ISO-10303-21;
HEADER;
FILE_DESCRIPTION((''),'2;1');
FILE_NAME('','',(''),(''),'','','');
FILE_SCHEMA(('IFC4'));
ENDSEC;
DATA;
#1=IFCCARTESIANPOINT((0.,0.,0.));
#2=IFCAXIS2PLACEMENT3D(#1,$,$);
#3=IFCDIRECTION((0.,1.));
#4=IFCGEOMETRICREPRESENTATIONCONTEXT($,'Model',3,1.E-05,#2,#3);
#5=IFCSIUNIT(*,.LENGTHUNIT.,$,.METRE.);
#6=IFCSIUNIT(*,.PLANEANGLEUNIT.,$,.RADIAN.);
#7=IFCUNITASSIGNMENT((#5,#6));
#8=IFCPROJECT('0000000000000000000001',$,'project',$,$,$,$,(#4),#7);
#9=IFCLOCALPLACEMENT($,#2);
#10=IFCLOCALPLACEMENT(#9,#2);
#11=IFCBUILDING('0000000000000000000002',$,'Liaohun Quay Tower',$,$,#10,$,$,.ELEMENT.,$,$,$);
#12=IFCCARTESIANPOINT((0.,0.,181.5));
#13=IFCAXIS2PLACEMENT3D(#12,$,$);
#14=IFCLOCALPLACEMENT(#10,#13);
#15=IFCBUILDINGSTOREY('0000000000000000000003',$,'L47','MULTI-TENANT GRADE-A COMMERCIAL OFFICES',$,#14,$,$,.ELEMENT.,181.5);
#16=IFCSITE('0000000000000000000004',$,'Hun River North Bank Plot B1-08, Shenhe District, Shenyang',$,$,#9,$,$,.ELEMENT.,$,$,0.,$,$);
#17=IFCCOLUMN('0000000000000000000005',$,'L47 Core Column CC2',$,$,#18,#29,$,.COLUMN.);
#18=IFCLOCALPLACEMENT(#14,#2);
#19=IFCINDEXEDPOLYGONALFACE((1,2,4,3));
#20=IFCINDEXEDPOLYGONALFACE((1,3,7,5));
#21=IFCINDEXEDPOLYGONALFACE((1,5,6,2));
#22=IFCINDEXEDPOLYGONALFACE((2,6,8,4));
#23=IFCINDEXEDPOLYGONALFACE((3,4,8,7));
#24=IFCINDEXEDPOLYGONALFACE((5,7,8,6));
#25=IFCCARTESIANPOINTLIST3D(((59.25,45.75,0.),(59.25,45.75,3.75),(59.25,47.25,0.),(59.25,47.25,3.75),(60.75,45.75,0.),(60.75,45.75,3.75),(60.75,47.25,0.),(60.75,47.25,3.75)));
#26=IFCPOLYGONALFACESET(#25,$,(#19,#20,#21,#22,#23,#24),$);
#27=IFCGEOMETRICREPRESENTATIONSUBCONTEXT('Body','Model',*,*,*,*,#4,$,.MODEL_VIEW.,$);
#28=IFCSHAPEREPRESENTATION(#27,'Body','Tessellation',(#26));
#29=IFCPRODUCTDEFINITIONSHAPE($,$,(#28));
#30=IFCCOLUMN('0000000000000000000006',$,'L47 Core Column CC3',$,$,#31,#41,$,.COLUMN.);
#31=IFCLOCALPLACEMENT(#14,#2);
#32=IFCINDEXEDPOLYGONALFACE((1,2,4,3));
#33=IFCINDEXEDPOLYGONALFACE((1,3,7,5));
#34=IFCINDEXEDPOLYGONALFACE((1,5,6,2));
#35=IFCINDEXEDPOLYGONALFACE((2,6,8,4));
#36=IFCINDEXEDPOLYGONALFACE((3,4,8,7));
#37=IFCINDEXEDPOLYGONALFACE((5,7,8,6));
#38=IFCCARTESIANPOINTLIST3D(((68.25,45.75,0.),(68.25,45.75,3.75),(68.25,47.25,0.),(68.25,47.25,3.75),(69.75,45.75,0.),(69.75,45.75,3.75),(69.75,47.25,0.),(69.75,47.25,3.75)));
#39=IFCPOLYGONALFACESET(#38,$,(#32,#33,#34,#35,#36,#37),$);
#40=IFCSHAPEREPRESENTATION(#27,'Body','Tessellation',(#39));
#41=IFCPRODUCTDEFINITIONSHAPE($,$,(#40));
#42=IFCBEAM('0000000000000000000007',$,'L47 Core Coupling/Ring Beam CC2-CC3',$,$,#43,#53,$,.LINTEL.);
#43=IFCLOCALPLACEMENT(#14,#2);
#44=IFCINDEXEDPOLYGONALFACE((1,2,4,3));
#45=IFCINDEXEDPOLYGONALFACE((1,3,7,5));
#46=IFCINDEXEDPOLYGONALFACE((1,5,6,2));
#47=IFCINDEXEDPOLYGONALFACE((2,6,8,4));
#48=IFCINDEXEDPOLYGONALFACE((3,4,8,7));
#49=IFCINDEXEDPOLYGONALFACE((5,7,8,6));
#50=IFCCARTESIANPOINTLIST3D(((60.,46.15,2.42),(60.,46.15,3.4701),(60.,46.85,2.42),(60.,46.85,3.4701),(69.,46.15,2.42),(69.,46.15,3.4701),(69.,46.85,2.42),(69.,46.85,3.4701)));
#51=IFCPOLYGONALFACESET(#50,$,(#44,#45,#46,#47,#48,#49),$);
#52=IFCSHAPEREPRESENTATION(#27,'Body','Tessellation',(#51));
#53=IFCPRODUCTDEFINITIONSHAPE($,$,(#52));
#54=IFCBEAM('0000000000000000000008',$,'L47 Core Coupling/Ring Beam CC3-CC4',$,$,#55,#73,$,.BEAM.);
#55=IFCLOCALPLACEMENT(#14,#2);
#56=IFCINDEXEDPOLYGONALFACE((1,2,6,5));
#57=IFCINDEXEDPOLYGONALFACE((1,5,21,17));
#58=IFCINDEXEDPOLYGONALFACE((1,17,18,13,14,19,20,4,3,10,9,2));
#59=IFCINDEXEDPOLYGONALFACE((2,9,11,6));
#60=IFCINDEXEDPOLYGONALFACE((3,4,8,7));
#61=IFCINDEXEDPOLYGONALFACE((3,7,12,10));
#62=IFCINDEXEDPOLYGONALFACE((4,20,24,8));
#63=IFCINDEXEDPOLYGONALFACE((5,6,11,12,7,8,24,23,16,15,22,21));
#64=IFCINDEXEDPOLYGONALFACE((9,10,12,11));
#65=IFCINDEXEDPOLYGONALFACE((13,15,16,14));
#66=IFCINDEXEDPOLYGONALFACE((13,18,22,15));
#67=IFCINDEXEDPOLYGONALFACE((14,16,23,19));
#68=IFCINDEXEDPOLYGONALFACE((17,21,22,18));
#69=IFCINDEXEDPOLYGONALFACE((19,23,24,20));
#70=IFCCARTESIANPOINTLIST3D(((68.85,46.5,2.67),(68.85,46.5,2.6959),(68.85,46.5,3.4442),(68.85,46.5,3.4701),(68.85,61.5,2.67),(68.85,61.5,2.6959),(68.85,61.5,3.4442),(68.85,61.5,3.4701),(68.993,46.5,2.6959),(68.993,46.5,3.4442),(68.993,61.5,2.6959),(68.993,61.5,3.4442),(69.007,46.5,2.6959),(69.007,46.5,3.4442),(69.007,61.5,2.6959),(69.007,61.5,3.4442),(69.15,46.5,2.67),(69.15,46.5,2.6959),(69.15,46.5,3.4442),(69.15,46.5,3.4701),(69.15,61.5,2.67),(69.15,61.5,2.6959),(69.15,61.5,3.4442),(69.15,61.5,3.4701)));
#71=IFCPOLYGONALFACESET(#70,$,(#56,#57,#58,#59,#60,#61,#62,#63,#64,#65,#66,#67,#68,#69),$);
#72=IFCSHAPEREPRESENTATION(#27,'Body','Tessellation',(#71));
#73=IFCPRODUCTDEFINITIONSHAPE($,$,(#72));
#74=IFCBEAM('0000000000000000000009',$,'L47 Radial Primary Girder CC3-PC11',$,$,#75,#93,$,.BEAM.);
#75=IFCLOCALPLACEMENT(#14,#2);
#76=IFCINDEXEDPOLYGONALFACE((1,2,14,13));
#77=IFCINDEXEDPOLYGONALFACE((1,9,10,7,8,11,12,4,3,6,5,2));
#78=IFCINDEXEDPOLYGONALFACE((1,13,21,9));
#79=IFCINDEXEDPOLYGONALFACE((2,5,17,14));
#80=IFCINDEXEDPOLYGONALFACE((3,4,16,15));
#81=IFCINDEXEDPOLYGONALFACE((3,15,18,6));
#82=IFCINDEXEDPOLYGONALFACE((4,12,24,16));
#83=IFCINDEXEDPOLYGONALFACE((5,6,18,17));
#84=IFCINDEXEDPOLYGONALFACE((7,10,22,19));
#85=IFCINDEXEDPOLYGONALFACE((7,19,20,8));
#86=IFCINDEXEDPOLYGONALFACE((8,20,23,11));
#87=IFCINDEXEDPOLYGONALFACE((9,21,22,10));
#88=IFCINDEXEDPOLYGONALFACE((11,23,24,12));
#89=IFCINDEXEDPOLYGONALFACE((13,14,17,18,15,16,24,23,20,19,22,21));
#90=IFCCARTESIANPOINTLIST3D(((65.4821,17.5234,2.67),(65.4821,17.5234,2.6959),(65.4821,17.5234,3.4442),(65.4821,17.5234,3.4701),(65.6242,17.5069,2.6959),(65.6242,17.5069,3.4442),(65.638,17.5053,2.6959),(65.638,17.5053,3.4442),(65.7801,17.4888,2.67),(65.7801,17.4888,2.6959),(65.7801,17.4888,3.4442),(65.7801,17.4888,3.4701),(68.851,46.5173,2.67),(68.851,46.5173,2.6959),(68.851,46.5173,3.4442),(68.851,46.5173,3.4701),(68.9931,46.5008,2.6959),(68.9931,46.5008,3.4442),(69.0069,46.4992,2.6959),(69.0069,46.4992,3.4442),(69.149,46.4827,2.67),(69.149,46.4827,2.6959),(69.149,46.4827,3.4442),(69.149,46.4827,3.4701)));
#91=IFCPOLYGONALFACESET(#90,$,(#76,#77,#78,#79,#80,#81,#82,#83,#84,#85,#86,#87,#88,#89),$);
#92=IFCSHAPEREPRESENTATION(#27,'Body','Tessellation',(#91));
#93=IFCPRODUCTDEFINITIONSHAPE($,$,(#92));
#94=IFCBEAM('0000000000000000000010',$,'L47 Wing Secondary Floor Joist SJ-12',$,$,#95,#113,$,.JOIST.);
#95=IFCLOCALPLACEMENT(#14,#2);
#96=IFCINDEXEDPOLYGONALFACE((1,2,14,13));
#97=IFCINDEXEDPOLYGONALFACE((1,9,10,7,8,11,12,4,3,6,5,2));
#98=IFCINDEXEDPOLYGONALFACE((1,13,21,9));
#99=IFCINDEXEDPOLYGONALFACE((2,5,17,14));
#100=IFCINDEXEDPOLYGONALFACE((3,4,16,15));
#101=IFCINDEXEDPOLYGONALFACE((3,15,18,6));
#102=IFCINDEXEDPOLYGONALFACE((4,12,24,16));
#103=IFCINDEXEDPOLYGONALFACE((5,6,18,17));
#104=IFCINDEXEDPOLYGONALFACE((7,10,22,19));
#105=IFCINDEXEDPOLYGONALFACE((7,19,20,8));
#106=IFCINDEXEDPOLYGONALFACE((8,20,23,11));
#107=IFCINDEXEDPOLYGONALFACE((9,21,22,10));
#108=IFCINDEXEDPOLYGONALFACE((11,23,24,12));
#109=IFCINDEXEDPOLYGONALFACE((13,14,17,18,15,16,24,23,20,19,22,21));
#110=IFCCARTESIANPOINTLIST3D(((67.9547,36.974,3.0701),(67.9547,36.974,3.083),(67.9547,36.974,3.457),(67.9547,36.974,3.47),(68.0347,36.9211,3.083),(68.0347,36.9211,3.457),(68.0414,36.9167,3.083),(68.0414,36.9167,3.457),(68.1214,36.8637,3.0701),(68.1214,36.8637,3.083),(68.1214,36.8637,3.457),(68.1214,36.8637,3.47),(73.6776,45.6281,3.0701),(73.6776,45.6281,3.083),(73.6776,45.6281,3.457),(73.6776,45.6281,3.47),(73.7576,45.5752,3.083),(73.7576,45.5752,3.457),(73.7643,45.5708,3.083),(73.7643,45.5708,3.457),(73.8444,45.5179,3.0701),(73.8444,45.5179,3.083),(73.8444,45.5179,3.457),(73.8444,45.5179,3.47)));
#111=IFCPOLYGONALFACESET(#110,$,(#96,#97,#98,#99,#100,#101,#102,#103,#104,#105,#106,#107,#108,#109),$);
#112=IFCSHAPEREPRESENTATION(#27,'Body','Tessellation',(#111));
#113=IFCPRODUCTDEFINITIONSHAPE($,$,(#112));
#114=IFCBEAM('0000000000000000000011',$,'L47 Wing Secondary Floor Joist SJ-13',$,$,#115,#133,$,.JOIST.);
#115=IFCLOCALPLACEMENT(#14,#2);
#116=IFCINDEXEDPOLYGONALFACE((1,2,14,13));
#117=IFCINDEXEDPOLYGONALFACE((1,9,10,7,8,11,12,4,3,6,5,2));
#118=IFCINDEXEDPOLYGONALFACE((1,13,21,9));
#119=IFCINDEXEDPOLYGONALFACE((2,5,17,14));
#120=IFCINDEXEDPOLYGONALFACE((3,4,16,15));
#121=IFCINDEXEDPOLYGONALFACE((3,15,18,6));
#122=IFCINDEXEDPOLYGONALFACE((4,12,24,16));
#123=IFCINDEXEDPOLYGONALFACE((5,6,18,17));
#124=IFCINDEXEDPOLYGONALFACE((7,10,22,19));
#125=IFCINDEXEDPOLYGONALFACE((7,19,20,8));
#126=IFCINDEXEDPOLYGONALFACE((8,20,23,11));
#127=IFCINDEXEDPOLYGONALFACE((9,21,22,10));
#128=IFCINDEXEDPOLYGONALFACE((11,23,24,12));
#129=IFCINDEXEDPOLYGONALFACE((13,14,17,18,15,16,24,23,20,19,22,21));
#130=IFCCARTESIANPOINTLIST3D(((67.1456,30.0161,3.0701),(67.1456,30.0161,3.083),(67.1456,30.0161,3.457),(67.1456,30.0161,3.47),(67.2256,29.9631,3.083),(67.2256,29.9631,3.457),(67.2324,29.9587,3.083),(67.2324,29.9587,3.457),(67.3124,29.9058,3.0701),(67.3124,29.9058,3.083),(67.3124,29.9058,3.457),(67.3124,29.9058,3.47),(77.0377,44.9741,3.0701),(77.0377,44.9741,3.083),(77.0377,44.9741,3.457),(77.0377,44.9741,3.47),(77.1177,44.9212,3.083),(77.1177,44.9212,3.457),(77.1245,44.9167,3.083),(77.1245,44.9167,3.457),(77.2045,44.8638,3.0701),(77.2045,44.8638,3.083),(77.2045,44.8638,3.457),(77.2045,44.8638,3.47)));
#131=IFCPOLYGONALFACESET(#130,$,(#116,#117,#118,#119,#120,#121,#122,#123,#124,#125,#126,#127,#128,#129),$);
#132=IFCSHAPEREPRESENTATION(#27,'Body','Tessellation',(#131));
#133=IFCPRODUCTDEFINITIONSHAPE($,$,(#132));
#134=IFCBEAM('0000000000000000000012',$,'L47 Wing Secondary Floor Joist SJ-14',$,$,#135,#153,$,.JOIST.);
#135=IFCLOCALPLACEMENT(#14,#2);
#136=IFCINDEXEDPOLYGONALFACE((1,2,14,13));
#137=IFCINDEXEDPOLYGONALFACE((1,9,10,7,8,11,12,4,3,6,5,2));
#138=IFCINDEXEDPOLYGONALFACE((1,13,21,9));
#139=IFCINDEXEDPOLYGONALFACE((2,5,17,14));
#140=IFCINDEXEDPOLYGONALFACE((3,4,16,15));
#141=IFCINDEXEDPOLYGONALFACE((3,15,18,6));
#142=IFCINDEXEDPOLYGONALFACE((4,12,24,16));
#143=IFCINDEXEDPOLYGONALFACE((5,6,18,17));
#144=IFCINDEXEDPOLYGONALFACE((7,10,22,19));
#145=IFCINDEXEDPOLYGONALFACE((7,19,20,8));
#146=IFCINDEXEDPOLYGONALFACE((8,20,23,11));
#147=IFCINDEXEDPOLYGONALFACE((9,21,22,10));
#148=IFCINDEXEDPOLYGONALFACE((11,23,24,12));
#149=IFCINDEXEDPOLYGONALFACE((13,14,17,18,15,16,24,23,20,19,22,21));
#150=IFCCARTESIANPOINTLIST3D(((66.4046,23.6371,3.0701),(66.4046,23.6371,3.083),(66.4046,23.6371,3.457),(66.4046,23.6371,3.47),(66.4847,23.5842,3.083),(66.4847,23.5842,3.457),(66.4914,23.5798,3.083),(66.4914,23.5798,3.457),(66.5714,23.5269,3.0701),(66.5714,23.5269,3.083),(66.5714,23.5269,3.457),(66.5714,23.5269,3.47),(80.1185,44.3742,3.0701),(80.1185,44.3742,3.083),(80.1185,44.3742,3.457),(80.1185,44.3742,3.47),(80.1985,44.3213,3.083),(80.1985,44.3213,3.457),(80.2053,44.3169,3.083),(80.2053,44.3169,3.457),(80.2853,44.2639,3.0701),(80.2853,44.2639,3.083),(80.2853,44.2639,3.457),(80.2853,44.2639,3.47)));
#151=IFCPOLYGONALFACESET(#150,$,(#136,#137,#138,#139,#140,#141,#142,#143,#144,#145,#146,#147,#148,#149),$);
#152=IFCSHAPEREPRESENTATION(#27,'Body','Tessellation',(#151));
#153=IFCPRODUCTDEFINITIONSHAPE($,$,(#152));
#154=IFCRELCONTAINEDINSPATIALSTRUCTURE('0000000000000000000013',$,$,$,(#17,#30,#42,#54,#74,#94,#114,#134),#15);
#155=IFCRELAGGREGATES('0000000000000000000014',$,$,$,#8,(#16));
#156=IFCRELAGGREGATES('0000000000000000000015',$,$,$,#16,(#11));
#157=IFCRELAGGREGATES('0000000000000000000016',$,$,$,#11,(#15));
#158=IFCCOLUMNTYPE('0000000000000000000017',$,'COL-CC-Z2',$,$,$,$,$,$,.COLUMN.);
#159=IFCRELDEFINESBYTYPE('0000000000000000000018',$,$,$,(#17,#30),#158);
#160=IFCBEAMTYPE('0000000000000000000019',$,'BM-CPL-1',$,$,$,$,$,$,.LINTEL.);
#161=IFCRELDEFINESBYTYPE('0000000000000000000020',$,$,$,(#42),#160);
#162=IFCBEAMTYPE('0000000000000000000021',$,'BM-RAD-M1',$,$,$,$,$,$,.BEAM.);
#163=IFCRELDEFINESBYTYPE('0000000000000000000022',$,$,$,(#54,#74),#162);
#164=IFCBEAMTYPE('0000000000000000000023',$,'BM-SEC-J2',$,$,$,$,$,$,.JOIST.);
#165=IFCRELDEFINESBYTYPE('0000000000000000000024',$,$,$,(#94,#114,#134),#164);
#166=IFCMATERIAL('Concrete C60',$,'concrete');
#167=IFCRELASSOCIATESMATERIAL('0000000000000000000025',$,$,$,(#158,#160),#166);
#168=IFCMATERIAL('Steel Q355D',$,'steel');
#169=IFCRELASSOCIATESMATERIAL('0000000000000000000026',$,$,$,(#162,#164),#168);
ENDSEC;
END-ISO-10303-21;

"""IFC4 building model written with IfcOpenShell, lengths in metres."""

from ifc_helpers import new_model, si_unit, direction, frame, origin, origin_2d, place, context, subcontext, project, spatial, rectangle, i_section, extrude, source, transform, mapped, material, material_profile, profile_set, type_object, element, save


model = new_model("IFC4")

# Units and contexts
model_context = context("Model", 3, precision=1e-05, world=origin(), true_north=direction((0.0, 1.0)))
body_context = subcontext(model_context, "Body", "Model", "MODEL_VIEW")
ifc_project = project(units=[si_unit("LENGTHUNIT", "METRE"), si_unit("PLANEANGLEUNIT", "RADIAN")], contexts=[model_context])

# Site, building, storey
site_placement = place(None, origin())
site = spatial("IfcSite", under=ifc_project, at=site_placement, Name="Hun River North Bank Plot B1-08, Shenhe District, Shenyang", CompositionType="ELEMENT", RefElevation=0.0)
building_placement = place(site_placement, origin())
building = spatial("IfcBuilding", under=site, at=building_placement, Name="Liaohun Quay Tower", CompositionType="ELEMENT")
storey_placement = place(building_placement, frame((0.0, 0.0, 181.5)))
storey = spatial("IfcBuildingStorey", under=building, at=storey_placement, Name="L47", Description="MULTI-TENANT GRADE-A COMMERCIAL OFFICES", CompositionType="ELEMENT", Elevation=181.5)

# Columns
ifc_material_1 = material(Name="Concrete C60", Category="concrete")
ifc_material_profile_1 = material_profile(ifc_material_1, rectangle(XDim=1.5, YDim=1.5, at=origin_2d()), Name="RC1500x1500")
ifc_profile_set_1 = profile_set([ifc_material_profile_1], Name="Concrete C60")
column_type = type_object("IfcColumnType", Name="COL-CC-Z2", PredefinedType="COLUMN", material=ifc_profile_set_1)
shared_shape_1 = source(origin(), body_context, "Body", "SweptSolid", [
    extrude(rectangle(XDim=1.5, YDim=1.5, at=origin_2d()), origin(), (0.0, 0.0, 1.0), 3.75),
])
for number, where, z_axis, x_axis, name in (
    (1, (60.0, 46.5, 0.0), (0.0, 0.0, 1.0), (1.0, 0.0, 0.0), "L47 Core Column CC2"),
    (2, (69.0, 46.5, 0.0), (0.0, 0.0, 1.0), (1.0, 0.0, 0.0), "L47 Core Column CC3"),
):
    element("IfcColumn", number, at=place(storey_placement, frame(where, z_axis=z_axis, x_axis=x_axis)), inside=storey, type_object=column_type, Name=name, PredefinedType="COLUMN", context=body_context, shape_type="MappedRepresentation", body=[
        mapped(shared_shape_1, transform((0.0, 0.0, 0.0), x_axis=(1.0, 0.0, 0.0), y_axis=(0.0, 1.0, 0.0), z_axis=(0.0, 0.0, 1.0), scale=1.0)),
    ])

# Beams
ifc_material_profile_2 = material_profile(ifc_material_1, rectangle(XDim=0.7, YDim=1.05, at=origin_2d()), Name="RC700x1050")
ifc_profile_set_2 = profile_set([ifc_material_profile_2], Name="Concrete C60")
beam_type_1 = type_object("IfcBeamType", Name="BM-CPL-1", PredefinedType="LINTEL", material=ifc_profile_set_2)
shared_shape_2 = source(origin(), body_context, "Body", "SweptSolid", [
    extrude(rectangle(XDim=0.7, YDim=1.05, at=origin_2d()), origin(), (0.0, 0.0, 1.0), 9.0),
])
beam_1_placement = place(storey_placement, frame((60.0, 46.5, 2.9451), z_axis=(1.0, 0.0, 0.0), x_axis=(0.0, 1.0, 0.0)))
element("IfcBeam", 3, at=beam_1_placement, inside=storey, type_object=beam_type_1, Name="L47 Core Coupling/Ring Beam CC2-CC3", PredefinedType="LINTEL", context=body_context, shape_type="MappedRepresentation", body=[
    mapped(shared_shape_2, transform((0.0, 0.0, 0.0), x_axis=(1.0, 0.0, 0.0), y_axis=(0.0, 1.0, 0.0), z_axis=(0.0, 0.0, 1.0), scale=1.0)),
])
ifc_material_2 = material(Name="Steel Q355D", Category="steel")
ifc_material_profile_3 = material_profile(ifc_material_2, i_section(OverallWidth=0.3, OverallDepth=0.8, WebThickness=0.0139, FlangeThickness=0.0259, at=origin_2d()), Name="HN800x300x14x26")
ifc_profile_set_3 = profile_set([ifc_material_profile_3], Name="Steel Q355D")
beam_type_2 = type_object("IfcBeamType", Name="BM-RAD-M1", PredefinedType="BEAM", material=ifc_profile_set_3)
shared_shape_3 = source(origin(), body_context, "Body", "SweptSolid", [
    extrude(i_section(OverallWidth=0.3, OverallDepth=0.8, WebThickness=0.0139, FlangeThickness=0.0259, at=origin_2d()), origin(), (0.0, 0.0, 1.0), 15.0),
])
beam_2_placement = place(storey_placement, frame((69.0, 46.5, 3.0701), z_axis=(0.0, 1.0, 0.0), x_axis=(-1.0, 0.0, 0.0)))
element("IfcBeam", 4, at=beam_2_placement, inside=storey, type_object=beam_type_2, Name="L47 Core Coupling/Ring Beam CC3-CC4", PredefinedType="BEAM", context=body_context, shape_type="MappedRepresentation", body=[
    mapped(shared_shape_3, transform((0.0, 0.0, 0.0), x_axis=(1.0, 0.0, 0.0), y_axis=(0.0, 1.0, 0.0), z_axis=(0.0, 0.0, 1.0), scale=1.0)),
])
shared_shape_4 = source(origin(), body_context, "Body", "SweptSolid", [
    extrude(i_section(OverallWidth=0.3, OverallDepth=0.8, WebThickness=0.0139, FlangeThickness=0.0259, at=origin_2d()), origin(), (0.0, 0.0, 1.0), 29.189),
])
beam_3_placement = place(storey_placement, frame((69.0, 46.5, 3.0701), z_axis=(-0.115417, -0.993317, 0.0), x_axis=(0.993317, -0.115417, 0.0)))
element("IfcBeam", 5, at=beam_3_placement, inside=storey, type_object=beam_type_2, Name="L47 Radial Primary Girder CC3-PC11", PredefinedType="BEAM", context=body_context, shape_type="MappedRepresentation", body=[
    mapped(shared_shape_4, transform((0.0, 0.0, 0.0), x_axis=(1.0, 0.0, 0.0), y_axis=(0.0, 1.0, 0.0), z_axis=(0.0, 0.0, 1.0), scale=1.0)),
])
ifc_material_profile_4 = material_profile(ifc_material_2, i_section(OverallWidth=0.2, OverallDepth=0.3999, WebThickness=0.0081, FlangeThickness=0.0129, at=origin_2d()), Name="HN400x200x8x13")
ifc_profile_set_4 = profile_set([ifc_material_profile_4], Name="Steel Q355D")
beam_type_3 = type_object("IfcBeamType", Name="BM-SEC-J2", PredefinedType="JOIST", material=ifc_profile_set_4)
shared_shape_5 = source(origin(), body_context, "Body", "SweptSolid", [
    extrude(i_section(OverallWidth=0.2, OverallDepth=0.3999, WebThickness=0.0081, FlangeThickness=0.0129, at=origin_2d()), origin(), (0.0, 0.0, 1.0), 10.3752),
])
beam_4_placement = place(storey_placement, frame((73.761, 45.573, 3.27), z_axis=(-0.551596, -0.834112, 0.0), x_axis=(0.834112, -0.551596, 0.0)))
element("IfcBeam", 6, at=beam_4_placement, inside=storey, type_object=beam_type_3, Name="L47 Wing Secondary Floor Joist SJ-12", PredefinedType="JOIST", context=body_context, shape_type="MappedRepresentation", body=[
    mapped(shared_shape_5, transform((0.0, 0.0, 0.0), x_axis=(1.0, 0.0, 0.0), y_axis=(0.0, 1.0, 0.0), z_axis=(0.0, 0.0, 1.0), scale=1.0)),
])
shared_shape_6 = source(origin(), body_context, "Body", "SweptSolid", [
    extrude(i_section(OverallWidth=0.2, OverallDepth=0.3999, WebThickness=0.0081, FlangeThickness=0.0129, at=origin_2d()), origin(), (0.0, 0.0, 1.0), 17.9331),
])
beam_5_placement = place(storey_placement, frame((77.1211, 44.9189, 3.27), z_axis=(-0.551611, -0.834101, 0.0), x_axis=(0.834101, -0.551611, 0.0)))
element("IfcBeam", 7, at=beam_5_placement, inside=storey, type_object=beam_type_3, Name="L47 Wing Secondary Floor Joist SJ-13", PredefinedType="JOIST", context=body_context, shape_type="MappedRepresentation", body=[
    mapped(shared_shape_6, transform((0.0, 0.0, 0.0), x_axis=(1.0, 0.0, 0.0), y_axis=(0.0, 1.0, 0.0), z_axis=(0.0, 0.0, 1.0), scale=1.0)),
])
shared_shape_7 = source(origin(), body_context, "Body", "SweptSolid", [
    extrude(i_section(OverallWidth=0.2, OverallDepth=0.3999, WebThickness=0.0081, FlangeThickness=0.0129, at=origin_2d()), origin(), (0.0, 0.0, 1.0), 24.8616),
])
beam_6_placement = place(storey_placement, frame((80.2019, 44.3191, 3.27), z_axis=(-0.55161, -0.834102, 0.0), x_axis=(0.834102, -0.55161, 0.0)))
element("IfcBeam", 8, at=beam_6_placement, inside=storey, type_object=beam_type_3, Name="L47 Wing Secondary Floor Joist SJ-14", PredefinedType="JOIST", context=body_context, shape_type="MappedRepresentation", body=[
    mapped(shared_shape_7, transform((0.0, 0.0, 0.0), x_axis=(1.0, 0.0, 0.0), y_axis=(0.0, 1.0, 0.0), z_axis=(0.0, 0.0, 1.0), scale=1.0)),
])

save(model, "model.ifc")
